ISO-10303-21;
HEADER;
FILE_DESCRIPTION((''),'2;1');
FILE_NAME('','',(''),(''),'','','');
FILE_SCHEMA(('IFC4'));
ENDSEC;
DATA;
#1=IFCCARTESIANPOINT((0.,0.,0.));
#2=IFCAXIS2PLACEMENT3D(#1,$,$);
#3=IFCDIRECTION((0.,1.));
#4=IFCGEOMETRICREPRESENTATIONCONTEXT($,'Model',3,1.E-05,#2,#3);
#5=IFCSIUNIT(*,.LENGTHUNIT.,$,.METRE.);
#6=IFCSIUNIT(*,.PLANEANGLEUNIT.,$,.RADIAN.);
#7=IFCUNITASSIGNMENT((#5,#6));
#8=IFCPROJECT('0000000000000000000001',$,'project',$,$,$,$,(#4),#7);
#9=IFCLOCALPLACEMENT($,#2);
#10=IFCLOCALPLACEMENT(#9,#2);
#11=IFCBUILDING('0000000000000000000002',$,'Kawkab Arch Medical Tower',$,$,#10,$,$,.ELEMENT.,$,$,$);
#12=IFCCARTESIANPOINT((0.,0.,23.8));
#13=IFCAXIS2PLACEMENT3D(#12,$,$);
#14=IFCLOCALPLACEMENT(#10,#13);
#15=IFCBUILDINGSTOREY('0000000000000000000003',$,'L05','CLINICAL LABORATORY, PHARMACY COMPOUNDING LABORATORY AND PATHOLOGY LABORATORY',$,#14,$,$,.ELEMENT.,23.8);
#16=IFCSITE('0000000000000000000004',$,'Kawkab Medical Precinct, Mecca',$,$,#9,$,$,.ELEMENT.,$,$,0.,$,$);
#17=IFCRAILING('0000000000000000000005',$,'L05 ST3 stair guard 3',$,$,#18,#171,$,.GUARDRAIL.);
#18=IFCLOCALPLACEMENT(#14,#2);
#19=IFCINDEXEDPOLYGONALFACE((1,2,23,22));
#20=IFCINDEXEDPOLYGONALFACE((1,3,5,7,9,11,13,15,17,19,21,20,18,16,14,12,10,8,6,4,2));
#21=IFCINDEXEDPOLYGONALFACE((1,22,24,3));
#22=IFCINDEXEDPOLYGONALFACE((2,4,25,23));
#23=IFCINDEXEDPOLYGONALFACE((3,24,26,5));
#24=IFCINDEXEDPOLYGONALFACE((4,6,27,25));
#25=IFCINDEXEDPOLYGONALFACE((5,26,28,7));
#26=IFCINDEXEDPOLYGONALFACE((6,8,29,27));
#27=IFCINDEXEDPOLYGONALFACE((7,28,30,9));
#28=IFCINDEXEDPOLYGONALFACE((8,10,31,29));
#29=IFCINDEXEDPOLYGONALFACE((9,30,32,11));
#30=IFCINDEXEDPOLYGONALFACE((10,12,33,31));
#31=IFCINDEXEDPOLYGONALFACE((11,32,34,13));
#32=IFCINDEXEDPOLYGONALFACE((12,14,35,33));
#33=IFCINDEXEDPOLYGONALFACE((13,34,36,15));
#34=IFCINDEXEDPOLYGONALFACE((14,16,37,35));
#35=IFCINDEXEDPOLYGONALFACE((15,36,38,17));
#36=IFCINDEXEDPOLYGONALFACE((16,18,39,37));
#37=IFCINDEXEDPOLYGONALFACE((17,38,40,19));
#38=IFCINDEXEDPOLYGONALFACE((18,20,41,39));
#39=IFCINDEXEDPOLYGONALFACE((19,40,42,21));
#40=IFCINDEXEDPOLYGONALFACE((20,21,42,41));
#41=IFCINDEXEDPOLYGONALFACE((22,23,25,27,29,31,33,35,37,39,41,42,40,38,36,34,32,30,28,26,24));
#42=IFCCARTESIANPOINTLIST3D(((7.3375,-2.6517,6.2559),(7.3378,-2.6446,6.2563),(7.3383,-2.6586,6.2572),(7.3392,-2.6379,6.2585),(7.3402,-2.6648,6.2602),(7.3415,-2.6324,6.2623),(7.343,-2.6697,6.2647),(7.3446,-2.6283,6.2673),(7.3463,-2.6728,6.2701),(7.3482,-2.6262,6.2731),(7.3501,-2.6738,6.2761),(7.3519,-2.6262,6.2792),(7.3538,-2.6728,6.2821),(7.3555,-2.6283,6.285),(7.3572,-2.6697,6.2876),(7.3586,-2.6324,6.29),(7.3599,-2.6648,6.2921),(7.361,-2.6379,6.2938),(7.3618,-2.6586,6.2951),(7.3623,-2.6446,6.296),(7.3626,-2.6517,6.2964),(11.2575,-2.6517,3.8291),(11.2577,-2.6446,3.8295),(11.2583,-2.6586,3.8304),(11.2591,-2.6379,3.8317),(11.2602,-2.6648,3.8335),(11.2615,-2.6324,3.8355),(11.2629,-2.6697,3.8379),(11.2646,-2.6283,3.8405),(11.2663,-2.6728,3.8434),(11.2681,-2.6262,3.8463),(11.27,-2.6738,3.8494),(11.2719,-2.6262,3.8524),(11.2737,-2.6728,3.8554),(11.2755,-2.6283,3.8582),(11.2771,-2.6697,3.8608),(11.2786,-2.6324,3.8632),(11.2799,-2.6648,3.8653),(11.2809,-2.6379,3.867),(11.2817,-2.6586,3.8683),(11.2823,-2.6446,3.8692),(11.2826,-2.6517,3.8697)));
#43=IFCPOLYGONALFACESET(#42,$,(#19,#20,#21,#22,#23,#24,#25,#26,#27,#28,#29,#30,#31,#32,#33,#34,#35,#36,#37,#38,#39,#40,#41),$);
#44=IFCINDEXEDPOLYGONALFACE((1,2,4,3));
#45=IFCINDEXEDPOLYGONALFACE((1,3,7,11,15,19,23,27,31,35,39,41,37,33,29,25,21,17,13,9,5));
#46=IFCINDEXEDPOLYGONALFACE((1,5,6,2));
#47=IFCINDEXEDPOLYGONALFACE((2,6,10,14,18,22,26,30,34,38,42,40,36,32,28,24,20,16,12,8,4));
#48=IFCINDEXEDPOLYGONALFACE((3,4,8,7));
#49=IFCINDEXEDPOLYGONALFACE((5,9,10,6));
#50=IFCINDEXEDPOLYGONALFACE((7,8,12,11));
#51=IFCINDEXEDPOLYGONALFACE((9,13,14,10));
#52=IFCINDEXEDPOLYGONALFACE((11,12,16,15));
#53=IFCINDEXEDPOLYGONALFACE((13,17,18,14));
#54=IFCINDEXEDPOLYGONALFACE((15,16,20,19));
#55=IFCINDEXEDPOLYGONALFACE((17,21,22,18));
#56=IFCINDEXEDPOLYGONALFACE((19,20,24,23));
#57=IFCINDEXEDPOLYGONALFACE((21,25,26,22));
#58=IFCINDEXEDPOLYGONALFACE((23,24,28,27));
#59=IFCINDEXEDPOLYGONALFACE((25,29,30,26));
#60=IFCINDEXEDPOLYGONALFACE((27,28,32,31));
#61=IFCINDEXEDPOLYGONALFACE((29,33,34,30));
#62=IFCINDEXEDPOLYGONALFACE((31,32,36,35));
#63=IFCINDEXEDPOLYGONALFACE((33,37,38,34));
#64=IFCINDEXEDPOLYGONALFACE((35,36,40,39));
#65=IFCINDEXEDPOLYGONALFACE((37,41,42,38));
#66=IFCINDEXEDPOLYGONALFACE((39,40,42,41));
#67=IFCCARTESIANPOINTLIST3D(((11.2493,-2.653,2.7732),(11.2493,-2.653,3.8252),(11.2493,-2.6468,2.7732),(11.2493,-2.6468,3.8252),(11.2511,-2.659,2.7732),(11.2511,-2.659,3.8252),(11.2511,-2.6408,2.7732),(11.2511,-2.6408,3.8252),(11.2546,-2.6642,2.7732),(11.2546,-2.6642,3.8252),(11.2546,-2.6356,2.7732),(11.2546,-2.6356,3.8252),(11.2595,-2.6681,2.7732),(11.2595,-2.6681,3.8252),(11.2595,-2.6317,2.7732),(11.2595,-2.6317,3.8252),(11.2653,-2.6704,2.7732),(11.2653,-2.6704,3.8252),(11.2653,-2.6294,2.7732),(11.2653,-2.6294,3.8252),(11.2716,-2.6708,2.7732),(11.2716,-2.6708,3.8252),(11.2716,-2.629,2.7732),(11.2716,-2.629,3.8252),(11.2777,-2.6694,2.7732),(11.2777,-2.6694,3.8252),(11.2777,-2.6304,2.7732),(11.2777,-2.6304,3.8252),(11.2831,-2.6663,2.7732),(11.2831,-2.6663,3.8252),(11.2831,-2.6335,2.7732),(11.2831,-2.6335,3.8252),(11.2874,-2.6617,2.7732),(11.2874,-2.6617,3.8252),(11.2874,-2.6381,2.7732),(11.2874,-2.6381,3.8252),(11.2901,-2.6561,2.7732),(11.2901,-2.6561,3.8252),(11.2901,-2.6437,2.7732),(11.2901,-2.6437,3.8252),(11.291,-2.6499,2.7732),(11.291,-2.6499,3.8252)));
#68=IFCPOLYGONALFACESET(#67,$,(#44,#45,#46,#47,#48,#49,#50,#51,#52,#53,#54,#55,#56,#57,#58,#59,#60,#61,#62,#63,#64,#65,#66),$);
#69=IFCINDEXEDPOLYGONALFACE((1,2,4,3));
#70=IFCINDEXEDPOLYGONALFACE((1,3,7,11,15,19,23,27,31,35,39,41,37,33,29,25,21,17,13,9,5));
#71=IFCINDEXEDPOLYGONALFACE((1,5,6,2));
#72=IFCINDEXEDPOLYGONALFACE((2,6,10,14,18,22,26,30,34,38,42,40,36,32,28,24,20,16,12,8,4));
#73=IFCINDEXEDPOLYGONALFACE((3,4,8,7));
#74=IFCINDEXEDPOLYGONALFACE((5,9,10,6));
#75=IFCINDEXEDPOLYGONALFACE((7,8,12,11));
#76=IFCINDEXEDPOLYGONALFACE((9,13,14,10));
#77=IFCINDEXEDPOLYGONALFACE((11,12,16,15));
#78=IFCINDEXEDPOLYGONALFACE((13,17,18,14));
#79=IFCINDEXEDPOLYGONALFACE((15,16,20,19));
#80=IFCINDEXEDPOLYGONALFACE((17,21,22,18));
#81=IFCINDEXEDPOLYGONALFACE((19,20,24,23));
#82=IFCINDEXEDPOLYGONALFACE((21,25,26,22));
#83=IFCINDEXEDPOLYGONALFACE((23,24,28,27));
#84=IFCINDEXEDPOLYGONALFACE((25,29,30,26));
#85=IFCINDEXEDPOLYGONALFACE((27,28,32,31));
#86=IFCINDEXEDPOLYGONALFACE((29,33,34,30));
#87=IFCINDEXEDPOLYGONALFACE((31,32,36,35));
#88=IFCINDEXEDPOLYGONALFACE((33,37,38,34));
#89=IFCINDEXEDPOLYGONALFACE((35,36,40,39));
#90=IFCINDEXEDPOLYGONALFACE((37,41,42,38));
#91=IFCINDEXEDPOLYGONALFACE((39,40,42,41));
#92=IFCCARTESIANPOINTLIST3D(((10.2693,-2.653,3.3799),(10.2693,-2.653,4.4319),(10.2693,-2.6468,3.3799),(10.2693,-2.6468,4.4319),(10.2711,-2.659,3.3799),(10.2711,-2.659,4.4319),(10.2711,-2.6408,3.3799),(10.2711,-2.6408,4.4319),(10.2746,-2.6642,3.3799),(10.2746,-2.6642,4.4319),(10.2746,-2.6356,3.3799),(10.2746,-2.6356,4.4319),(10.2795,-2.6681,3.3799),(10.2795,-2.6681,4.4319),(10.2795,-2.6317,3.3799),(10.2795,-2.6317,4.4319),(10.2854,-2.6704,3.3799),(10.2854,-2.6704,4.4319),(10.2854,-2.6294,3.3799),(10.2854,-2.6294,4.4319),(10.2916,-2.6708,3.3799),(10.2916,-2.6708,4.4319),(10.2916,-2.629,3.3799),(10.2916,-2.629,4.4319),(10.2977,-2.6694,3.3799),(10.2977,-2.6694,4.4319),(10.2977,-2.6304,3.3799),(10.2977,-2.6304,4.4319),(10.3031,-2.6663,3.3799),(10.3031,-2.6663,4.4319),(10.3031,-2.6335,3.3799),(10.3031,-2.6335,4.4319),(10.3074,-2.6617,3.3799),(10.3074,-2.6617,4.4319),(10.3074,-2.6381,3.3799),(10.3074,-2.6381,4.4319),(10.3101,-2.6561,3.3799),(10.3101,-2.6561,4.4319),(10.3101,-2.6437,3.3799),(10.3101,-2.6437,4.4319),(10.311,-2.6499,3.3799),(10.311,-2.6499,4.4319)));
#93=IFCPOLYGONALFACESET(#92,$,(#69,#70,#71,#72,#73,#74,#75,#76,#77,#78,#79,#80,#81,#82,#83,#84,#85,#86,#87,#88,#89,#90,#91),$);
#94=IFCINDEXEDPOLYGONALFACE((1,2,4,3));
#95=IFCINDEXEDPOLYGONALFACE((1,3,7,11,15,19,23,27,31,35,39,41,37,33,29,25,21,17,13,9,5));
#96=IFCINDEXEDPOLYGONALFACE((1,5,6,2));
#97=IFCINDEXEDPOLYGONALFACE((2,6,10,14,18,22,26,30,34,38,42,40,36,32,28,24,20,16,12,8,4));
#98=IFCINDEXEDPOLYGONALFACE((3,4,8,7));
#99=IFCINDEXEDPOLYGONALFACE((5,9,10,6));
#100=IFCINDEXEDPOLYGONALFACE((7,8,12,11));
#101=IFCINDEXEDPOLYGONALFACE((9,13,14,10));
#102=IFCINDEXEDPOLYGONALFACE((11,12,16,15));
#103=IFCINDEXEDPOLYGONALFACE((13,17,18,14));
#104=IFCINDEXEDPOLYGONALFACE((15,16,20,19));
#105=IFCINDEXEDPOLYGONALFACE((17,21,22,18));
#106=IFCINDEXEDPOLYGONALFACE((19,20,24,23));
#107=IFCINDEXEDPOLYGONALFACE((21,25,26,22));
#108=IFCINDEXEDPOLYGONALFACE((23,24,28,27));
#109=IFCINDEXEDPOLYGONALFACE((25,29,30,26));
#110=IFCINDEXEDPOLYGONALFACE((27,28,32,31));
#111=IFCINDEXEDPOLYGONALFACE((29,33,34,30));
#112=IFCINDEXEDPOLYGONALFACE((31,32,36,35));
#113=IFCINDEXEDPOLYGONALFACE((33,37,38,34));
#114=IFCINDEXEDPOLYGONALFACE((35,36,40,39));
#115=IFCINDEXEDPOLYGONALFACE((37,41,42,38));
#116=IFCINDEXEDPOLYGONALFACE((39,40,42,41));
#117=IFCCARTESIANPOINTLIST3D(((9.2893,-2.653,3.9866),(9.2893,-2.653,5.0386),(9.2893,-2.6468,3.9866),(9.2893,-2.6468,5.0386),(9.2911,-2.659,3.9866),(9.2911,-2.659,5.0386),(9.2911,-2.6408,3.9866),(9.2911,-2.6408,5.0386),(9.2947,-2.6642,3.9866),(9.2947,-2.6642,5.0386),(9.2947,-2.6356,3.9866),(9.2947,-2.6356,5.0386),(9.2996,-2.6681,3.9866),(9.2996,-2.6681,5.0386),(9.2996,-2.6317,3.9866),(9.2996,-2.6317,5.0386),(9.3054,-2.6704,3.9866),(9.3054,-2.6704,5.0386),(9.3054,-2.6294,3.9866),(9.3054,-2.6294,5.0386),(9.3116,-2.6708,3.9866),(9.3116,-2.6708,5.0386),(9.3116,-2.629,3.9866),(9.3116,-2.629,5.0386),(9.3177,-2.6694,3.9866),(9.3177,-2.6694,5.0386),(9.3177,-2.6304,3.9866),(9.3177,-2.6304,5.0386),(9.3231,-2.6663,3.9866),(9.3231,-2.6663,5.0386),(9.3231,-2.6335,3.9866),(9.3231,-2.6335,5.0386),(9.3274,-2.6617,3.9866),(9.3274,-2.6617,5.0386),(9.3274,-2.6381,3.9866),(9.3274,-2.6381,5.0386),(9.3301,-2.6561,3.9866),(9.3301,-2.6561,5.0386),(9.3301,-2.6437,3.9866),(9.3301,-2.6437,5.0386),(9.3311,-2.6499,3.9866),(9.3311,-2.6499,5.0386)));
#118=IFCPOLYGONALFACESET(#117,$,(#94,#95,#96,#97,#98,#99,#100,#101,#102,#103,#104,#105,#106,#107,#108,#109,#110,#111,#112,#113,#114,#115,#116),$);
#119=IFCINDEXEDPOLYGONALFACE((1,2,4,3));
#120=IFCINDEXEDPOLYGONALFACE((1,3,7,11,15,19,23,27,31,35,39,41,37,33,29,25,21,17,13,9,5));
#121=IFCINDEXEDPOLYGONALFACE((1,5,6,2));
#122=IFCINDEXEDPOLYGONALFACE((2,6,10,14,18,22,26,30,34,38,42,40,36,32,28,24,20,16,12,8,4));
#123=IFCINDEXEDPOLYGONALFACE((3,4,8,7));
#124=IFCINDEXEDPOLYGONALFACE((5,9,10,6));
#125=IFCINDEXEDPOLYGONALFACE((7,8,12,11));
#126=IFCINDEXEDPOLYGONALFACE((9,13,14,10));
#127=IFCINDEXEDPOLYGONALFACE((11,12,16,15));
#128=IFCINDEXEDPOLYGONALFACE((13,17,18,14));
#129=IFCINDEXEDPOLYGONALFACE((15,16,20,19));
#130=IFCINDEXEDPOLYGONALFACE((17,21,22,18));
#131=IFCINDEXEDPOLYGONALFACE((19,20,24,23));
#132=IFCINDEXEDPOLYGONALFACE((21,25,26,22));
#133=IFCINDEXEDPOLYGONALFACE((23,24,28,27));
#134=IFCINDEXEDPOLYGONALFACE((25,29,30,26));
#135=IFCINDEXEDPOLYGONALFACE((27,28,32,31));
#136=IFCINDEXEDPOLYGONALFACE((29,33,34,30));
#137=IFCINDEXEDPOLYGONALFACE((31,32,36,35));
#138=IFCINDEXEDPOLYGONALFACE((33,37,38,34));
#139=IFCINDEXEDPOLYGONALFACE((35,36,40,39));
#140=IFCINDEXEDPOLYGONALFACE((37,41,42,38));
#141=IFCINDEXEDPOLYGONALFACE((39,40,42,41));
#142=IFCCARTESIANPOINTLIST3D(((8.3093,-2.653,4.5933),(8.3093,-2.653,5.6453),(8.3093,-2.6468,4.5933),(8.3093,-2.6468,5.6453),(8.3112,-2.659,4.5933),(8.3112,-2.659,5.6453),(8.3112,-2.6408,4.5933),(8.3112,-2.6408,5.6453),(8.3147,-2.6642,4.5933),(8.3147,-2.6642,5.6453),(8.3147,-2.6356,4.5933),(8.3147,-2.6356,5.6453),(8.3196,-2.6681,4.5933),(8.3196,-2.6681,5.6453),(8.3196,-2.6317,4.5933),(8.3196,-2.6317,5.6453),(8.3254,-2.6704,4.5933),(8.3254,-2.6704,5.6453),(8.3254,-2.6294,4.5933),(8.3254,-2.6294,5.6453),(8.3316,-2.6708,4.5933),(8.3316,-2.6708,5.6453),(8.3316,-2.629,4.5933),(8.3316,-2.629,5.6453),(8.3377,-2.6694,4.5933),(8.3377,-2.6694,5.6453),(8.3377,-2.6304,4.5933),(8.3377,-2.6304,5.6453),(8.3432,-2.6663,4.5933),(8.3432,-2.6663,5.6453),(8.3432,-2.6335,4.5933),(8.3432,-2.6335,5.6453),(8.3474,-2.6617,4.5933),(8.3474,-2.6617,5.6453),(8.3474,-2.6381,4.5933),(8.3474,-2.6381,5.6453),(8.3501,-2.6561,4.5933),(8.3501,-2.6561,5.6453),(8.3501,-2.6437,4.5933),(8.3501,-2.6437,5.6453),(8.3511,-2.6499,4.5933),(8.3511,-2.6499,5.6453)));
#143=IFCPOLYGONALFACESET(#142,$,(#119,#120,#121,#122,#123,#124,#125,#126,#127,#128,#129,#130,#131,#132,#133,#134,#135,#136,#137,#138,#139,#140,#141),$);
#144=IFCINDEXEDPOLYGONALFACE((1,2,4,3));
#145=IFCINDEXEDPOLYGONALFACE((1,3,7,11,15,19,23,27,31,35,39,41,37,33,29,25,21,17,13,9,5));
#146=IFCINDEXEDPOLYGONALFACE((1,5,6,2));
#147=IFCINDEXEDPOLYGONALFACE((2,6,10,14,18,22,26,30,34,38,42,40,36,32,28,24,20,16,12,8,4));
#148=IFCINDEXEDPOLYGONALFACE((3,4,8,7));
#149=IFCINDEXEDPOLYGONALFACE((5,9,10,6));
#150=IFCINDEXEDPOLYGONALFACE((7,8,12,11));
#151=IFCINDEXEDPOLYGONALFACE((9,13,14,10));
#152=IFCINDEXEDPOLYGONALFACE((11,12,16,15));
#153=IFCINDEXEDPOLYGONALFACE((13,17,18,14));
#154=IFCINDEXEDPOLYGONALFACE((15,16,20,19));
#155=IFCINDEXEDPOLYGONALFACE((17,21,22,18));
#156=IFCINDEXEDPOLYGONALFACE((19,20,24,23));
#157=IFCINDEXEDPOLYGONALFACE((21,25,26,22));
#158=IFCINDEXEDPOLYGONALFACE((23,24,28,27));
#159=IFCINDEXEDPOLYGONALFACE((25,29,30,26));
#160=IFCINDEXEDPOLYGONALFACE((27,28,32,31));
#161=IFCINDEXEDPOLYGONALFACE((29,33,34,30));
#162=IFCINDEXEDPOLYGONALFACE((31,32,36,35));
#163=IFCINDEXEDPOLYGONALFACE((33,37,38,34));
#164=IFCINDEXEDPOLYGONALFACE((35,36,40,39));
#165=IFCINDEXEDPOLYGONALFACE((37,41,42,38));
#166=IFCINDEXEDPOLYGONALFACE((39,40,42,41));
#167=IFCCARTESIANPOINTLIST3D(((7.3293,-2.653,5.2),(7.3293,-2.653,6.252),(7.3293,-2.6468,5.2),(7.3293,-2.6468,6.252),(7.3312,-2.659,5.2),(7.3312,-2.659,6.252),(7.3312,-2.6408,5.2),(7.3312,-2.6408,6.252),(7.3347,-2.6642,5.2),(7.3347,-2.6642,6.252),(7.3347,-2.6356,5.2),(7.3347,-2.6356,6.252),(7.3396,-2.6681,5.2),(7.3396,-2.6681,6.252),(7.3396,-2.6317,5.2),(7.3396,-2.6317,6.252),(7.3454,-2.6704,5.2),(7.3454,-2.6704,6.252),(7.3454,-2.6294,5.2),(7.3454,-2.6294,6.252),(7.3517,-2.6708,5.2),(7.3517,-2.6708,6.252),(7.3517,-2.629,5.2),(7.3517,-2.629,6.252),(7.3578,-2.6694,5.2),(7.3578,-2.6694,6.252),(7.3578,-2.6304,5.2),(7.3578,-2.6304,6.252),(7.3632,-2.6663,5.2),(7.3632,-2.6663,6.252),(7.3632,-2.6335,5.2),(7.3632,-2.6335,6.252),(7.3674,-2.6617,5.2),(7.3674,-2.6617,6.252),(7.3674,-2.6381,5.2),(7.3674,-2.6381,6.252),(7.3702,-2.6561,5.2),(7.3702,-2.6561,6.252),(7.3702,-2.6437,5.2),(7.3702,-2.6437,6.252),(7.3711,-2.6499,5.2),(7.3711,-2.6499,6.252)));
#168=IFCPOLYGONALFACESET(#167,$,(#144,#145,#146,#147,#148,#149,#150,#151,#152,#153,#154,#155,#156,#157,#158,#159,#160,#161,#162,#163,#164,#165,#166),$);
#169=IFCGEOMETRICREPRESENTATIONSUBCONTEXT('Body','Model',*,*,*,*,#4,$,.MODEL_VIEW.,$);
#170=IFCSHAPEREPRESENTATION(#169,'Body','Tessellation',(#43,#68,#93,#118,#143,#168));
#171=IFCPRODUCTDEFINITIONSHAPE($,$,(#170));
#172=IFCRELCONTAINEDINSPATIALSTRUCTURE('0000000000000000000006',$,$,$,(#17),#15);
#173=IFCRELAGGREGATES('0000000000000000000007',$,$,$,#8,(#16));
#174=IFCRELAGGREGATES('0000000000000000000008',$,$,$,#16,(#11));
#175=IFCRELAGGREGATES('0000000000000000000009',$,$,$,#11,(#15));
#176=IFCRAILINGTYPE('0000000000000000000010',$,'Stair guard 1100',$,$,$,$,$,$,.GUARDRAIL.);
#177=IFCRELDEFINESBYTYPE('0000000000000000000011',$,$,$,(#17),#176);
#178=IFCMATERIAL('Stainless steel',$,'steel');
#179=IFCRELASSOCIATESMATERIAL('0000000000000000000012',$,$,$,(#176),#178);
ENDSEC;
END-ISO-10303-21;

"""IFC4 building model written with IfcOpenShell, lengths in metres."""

from ifc_helpers import new_model, si_unit, direction, frame, origin, origin_2d, place, context, subcontext, project, spatial, circle, extrude, material, type_object, element, save


model = new_model("IFC4")

# Units and contexts
model_context = context("Model", 3, precision=1e-05, world=origin(), true_north=direction((0.0, 1.0)))
body_context = subcontext(model_context, "Body", "Model", "MODEL_VIEW")
ifc_project = project(units=[si_unit("LENGTHUNIT", "METRE"), si_unit("PLANEANGLEUNIT", "RADIAN")], contexts=[model_context])

# Site, building, storey
site_placement = place(None, origin())
site = spatial("IfcSite", under=ifc_project, at=site_placement, Name="Kawkab Medical Precinct, Mecca", CompositionType="ELEMENT", RefElevation=0.0)
building_placement = place(site_placement, origin())
building = spatial("IfcBuilding", under=site, at=building_placement, Name="Kawkab Arch Medical Tower", CompositionType="ELEMENT")
storey_placement = place(building_placement, frame((0.0, 0.0, 23.8)))
storey = spatial("IfcBuildingStorey", under=building, at=storey_placement, Name="L05", Description="CLINICAL LABORATORY, PHARMACY COMPOUNDING LABORATORY AND PATHOLOGY LABORATORY", CompositionType="ELEMENT", Elevation=23.8)

# Railing
ifc_material_1 = material(Name="Stainless steel", Category="steel")
railing_type = type_object("IfcRailingType", Name="Stair guard 1100", PredefinedType="GUARDRAIL", material=ifc_material_1)
railing_1_placement = place(storey_placement, frame((11.27, -2.6499, 2.7732)))
element("IfcRailing", 1, at=railing_1_placement, inside=storey, type_object=railing_type, Name="L05 ST3 stair guard 3", PredefinedType="GUARDRAIL", context=body_context, shape_type="SweptSolid", body=[
    extrude(circle(Radius=0.0239, at=origin_2d()), frame((0.0, 0.0, 1.0762), z_axis=(-0.850252, 0.0, 0.526376), x_axis=(0.0, -1.0, 0.0)), (0.0, 0.0, 1.0), 4.6104),
    extrude(circle(Radius=0.021, at=origin_2d()), origin(), (0.0, 0.0, 1.0), 1.052),
    extrude(circle(Radius=0.021, at=origin_2d()), frame((-0.98, 0.0, 0.6067)), (0.0, 0.0, 1.0), 1.052),
    extrude(circle(Radius=0.021, at=origin_2d()), frame((-1.96, 0.0, 1.2134)), (0.0, 0.0, 1.0), 1.052),
    extrude(circle(Radius=0.021, at=origin_2d()), frame((-2.9399, 0.0, 1.8201)), (0.0, 0.0, 1.0), 1.052),
    extrude(circle(Radius=0.021, at=origin_2d()), frame((-3.9199, 0.0, 2.4268)), (0.0, 0.0, 1.0), 1.052),
])

save(model, "model.ifc")
